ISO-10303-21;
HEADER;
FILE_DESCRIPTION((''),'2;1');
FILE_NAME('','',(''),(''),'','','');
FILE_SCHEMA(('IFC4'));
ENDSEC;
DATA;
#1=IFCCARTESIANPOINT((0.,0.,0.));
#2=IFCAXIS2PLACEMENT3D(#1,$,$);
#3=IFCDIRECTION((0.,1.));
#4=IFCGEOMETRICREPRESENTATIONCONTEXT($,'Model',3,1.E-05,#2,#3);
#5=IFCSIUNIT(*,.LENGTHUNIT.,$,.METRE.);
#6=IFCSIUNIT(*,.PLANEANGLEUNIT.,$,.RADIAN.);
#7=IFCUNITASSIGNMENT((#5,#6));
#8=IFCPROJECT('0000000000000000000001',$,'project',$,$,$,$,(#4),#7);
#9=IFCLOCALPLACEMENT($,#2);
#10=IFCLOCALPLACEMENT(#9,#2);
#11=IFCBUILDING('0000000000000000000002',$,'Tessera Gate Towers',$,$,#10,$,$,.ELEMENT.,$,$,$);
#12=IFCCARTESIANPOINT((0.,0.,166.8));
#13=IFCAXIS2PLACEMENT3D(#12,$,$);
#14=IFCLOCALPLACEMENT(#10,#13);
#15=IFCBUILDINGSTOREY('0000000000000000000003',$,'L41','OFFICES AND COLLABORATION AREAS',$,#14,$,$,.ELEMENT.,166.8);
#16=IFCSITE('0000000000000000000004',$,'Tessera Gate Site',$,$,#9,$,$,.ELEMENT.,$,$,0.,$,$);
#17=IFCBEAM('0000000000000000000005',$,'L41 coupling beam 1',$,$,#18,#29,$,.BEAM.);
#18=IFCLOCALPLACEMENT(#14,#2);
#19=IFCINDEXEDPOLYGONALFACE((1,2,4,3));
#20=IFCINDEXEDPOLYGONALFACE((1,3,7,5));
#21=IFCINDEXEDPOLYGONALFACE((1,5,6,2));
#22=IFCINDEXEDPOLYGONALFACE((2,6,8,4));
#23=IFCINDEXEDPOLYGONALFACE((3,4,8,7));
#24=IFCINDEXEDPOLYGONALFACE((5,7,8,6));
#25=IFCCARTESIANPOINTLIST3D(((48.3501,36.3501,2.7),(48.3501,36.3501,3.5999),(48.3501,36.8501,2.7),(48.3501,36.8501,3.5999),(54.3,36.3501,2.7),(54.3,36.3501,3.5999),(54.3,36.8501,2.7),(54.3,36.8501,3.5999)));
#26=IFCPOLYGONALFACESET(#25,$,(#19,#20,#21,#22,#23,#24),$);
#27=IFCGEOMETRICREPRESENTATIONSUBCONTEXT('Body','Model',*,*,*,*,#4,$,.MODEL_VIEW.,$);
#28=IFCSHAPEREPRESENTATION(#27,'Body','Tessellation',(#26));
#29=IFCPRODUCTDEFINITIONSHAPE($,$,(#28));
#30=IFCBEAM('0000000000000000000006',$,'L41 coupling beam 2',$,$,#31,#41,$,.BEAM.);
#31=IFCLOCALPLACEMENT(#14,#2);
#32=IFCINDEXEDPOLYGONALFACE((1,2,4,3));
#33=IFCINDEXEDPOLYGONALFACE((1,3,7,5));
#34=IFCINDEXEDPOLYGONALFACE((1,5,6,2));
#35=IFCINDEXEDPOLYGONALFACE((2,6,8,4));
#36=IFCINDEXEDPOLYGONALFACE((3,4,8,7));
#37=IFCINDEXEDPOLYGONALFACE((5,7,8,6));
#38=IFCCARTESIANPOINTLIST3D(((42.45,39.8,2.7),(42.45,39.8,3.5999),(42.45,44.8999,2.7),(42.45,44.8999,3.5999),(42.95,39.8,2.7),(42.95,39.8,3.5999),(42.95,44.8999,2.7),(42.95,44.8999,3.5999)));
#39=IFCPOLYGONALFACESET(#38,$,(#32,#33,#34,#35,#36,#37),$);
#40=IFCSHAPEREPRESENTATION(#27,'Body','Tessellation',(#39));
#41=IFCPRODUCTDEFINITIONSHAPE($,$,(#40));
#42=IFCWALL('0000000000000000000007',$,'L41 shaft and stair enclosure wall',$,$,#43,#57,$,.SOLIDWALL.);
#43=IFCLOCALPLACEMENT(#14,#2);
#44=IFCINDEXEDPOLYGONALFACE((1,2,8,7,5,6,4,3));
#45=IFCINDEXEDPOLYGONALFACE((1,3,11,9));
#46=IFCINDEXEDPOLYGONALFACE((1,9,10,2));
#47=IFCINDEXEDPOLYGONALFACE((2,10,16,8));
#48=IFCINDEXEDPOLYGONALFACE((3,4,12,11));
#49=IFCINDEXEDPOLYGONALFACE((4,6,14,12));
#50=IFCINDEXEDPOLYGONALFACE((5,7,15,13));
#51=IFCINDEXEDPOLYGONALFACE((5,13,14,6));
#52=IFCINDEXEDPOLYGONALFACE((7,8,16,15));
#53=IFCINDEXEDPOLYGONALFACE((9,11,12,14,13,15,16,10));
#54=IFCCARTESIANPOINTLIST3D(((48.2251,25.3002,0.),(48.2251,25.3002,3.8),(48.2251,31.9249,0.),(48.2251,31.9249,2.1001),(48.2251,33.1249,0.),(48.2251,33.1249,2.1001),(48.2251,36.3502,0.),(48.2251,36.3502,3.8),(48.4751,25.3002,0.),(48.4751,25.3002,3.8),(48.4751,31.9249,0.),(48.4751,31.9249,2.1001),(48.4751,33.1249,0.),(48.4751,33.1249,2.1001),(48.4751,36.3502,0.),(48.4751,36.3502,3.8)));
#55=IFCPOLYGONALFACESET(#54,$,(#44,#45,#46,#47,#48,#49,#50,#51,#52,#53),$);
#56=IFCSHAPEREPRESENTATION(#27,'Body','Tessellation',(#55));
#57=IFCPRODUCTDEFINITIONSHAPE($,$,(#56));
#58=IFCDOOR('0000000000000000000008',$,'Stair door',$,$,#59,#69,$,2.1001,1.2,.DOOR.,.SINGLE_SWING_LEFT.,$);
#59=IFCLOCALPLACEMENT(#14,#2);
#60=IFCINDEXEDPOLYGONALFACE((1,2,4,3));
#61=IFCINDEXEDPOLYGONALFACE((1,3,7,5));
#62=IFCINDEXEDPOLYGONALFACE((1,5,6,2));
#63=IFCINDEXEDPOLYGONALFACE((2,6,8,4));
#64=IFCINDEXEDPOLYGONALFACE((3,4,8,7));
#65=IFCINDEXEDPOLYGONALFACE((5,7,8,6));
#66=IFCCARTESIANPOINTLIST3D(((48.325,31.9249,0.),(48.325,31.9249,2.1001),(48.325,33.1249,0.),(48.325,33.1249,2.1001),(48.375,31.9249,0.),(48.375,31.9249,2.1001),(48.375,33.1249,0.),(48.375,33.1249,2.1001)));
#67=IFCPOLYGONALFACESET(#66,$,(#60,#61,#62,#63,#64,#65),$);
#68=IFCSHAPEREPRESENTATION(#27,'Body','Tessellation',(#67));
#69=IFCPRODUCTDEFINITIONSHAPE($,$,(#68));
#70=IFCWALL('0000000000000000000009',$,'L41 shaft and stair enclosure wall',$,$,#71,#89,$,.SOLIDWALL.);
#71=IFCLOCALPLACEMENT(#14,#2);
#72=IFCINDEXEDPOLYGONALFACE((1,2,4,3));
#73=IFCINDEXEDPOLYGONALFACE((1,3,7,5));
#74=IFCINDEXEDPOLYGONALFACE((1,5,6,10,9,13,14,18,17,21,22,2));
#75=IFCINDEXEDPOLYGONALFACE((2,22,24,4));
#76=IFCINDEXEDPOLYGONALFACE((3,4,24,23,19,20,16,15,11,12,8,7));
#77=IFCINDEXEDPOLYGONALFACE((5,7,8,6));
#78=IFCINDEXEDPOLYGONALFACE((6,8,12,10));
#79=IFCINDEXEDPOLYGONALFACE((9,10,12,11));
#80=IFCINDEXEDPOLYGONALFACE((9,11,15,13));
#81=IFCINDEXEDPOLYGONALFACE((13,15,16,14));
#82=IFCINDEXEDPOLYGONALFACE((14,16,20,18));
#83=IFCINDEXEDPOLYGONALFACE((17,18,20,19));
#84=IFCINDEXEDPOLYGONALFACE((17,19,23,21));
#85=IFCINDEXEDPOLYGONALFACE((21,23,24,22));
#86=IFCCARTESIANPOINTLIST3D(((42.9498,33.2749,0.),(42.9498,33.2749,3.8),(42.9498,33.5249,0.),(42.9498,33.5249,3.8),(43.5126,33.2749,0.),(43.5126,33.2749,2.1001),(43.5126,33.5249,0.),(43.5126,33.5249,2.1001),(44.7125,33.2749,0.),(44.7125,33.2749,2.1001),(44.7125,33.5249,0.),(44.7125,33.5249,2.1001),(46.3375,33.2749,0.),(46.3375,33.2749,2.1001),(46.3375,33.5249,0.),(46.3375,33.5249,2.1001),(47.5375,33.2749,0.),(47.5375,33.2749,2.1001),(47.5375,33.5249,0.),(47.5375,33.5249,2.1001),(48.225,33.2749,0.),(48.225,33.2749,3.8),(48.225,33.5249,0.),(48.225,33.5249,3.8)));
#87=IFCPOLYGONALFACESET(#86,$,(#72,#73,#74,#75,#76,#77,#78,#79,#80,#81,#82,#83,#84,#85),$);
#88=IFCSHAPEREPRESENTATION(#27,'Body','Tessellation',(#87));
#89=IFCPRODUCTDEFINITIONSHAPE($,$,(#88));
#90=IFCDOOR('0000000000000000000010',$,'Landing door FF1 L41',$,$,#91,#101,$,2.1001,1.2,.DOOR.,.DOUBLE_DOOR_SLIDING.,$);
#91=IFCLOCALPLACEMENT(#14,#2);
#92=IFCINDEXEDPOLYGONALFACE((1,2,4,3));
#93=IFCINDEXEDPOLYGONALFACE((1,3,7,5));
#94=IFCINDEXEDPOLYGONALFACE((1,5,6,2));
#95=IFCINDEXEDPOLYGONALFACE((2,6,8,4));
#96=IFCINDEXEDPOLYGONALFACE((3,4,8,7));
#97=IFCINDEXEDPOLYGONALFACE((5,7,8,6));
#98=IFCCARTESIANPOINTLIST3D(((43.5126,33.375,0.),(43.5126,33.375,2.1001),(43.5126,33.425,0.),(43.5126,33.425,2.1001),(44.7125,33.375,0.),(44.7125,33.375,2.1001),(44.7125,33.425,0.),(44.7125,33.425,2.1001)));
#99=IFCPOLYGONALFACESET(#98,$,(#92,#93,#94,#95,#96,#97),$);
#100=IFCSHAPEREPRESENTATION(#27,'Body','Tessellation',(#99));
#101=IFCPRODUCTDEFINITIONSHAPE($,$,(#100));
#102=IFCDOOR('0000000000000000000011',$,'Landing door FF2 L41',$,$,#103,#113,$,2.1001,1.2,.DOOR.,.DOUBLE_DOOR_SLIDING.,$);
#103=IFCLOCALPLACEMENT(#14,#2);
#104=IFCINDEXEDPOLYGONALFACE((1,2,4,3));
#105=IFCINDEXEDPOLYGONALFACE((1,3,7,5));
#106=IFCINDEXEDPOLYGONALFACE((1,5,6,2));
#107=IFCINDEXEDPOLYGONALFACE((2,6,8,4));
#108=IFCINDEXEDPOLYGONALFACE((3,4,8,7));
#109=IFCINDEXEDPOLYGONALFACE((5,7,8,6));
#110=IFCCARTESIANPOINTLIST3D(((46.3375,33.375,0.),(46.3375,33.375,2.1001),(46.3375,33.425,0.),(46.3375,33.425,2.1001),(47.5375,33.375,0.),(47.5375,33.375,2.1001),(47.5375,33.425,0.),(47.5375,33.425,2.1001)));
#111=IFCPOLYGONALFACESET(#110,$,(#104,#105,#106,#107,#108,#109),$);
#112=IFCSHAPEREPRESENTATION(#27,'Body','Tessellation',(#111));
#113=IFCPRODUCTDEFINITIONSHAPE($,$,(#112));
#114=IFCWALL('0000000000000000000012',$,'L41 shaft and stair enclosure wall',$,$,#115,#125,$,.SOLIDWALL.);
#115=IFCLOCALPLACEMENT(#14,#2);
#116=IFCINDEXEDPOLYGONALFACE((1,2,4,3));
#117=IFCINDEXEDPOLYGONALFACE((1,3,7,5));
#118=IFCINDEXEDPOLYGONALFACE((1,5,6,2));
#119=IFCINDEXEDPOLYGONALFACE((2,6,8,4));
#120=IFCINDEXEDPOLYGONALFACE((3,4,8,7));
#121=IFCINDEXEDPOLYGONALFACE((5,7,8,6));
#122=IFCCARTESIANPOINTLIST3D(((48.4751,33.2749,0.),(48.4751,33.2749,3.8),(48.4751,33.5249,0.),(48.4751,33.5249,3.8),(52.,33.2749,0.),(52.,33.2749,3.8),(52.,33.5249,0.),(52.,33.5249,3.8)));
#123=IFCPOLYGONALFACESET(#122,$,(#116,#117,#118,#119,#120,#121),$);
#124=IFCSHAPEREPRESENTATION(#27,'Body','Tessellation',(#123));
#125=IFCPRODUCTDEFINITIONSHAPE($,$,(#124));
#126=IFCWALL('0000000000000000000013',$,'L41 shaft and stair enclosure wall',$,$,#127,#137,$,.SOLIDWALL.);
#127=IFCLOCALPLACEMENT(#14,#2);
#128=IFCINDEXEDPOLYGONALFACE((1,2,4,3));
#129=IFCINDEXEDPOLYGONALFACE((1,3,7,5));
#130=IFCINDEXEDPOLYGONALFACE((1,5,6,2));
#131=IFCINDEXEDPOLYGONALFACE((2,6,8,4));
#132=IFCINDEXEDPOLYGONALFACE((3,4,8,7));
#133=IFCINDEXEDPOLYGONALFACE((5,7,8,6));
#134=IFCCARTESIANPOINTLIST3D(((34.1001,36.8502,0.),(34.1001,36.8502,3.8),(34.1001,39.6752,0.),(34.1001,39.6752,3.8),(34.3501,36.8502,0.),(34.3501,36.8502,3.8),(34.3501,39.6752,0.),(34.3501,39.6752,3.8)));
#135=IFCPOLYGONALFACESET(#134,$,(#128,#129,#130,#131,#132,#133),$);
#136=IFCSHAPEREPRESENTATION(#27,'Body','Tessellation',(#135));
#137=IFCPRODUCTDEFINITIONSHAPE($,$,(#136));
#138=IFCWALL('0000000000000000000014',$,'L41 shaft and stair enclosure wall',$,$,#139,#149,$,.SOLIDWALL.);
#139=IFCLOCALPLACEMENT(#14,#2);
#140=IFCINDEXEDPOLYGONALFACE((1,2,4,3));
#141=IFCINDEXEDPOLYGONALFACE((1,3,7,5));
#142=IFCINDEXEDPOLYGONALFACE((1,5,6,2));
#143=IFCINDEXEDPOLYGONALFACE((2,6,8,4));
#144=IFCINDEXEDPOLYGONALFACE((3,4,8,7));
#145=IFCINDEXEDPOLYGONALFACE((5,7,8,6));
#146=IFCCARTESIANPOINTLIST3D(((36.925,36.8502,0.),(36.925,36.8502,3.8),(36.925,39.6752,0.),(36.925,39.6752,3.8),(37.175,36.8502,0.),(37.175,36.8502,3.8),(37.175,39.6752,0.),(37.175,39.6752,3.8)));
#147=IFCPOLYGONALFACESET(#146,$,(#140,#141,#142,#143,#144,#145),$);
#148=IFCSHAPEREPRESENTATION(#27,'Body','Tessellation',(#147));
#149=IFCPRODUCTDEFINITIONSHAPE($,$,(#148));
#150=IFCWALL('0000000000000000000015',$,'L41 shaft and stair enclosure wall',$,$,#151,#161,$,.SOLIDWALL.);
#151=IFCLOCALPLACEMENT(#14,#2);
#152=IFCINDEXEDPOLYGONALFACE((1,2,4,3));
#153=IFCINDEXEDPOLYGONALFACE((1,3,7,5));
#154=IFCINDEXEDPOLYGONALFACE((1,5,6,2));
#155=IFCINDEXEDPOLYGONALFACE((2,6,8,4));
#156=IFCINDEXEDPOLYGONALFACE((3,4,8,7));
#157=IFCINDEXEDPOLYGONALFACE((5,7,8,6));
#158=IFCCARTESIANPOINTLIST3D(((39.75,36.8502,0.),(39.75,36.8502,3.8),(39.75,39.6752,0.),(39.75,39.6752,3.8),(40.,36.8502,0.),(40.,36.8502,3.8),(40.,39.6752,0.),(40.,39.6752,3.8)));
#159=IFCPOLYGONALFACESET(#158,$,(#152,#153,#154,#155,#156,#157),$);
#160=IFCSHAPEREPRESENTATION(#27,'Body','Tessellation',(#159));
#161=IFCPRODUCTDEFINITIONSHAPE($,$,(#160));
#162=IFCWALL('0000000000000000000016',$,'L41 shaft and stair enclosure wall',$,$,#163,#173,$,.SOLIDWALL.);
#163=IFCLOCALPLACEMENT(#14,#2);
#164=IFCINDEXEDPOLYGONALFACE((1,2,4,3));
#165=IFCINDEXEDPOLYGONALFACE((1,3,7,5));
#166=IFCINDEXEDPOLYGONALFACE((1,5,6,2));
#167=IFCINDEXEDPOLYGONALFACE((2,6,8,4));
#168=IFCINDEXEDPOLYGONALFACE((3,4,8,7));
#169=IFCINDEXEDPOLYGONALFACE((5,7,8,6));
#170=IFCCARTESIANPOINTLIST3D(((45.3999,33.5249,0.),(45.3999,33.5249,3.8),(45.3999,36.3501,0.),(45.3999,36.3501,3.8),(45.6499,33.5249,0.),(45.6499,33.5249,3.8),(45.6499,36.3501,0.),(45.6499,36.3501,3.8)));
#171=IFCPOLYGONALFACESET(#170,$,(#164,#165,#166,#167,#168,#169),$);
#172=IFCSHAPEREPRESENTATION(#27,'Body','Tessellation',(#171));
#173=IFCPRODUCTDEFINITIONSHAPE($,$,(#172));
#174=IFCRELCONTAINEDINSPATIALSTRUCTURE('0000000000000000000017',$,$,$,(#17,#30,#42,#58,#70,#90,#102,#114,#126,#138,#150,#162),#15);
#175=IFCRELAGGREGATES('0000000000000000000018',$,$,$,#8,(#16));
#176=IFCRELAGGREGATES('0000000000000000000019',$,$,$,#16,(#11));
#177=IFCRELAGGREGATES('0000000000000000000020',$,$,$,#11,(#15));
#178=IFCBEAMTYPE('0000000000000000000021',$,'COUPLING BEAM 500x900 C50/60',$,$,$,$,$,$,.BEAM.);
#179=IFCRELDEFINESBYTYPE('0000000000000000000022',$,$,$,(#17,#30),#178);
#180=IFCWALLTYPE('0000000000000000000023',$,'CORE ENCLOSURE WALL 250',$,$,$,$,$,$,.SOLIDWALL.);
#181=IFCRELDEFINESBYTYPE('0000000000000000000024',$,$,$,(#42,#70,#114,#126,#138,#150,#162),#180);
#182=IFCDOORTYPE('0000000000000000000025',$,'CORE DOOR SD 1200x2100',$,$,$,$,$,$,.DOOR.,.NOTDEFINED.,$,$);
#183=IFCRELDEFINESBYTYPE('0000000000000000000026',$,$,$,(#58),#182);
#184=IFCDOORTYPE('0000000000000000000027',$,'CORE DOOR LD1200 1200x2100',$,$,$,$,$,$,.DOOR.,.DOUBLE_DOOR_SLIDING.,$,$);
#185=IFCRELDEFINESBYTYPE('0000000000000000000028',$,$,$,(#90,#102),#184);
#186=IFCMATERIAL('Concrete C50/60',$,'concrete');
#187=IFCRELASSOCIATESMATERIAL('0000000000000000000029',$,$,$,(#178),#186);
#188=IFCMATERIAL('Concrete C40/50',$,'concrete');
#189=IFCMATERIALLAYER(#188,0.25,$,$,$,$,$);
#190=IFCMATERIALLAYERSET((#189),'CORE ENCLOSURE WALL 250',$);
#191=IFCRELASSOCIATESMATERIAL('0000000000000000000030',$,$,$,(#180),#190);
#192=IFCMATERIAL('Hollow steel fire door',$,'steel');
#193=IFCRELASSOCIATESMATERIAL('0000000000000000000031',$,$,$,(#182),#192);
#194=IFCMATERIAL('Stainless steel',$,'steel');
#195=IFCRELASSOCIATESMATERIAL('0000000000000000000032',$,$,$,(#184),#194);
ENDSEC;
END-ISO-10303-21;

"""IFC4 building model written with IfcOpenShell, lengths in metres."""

from ifc_helpers import new_model, si_unit, direction, frame, frame_2d, origin, origin_2d, place, context, subcontext, project, spatial, rectangle, extrude, source, transform, mapped, material, layer, layer_set, material_profile, profile_set, type_object, element, fill, save


model = new_model("IFC4")

# Units and contexts
model_context = context("Model", 3, precision=1e-05, world=origin(), true_north=direction((0.0, 1.0)))
body_context = subcontext(model_context, "Body", "Model", "MODEL_VIEW")
ifc_project = project(units=[si_unit("LENGTHUNIT", "METRE"), si_unit("PLANEANGLEUNIT", "RADIAN")], contexts=[model_context])

# Site, building, storey
site_placement = place(None, origin())
site = spatial("IfcSite", under=ifc_project, at=site_placement, Name="Tessera Gate Site", CompositionType="ELEMENT", RefElevation=0.0)
building_placement = place(site_placement, origin())
building = spatial("IfcBuilding", under=site, at=building_placement, Name="Tessera Gate Towers", CompositionType="ELEMENT")
storey_placement = place(building_placement, frame((0.0, 0.0, 166.8)))
storey = spatial("IfcBuildingStorey", under=building, at=storey_placement, Name="L41", Description="OFFICES AND COLLABORATION AREAS", CompositionType="ELEMENT", Elevation=166.8)

# Beams
ifc_material_1 = material(Name="Concrete C50/60", Category="concrete")
ifc_material_profile = material_profile(ifc_material_1, rectangle(XDim=0.5, YDim=0.8999, at=origin_2d()), Name="RC 500x900")
ifc_profile_set = profile_set([ifc_material_profile], Name="Concrete C50/60")
beam_type = type_object("IfcBeamType", Name="COUPLING BEAM 500x900 C50/60", PredefinedType="BEAM", material=ifc_profile_set)
beam_1_placement = place(storey_placement, frame((48.3501, 36.6001, 3.1499), z_axis=(1.0, 0.0, 0.0), x_axis=(0.0, 1.0, 0.0)))
element("IfcBeam", 1, at=beam_1_placement, inside=storey, type_object=beam_type, Name="L41 coupling beam 1", PredefinedType="BEAM", context=body_context, shape_type="SweptSolid", body=[
    extrude(rectangle(XDim=0.5, YDim=0.8999, at=origin_2d()), origin(), (0.0, 0.0, 1.0), 5.95),
])
beam_2_placement = place(storey_placement, frame((42.7, 39.8, 3.1499), z_axis=(0.0, 1.0, 0.0), x_axis=(-1.0, 0.0, 0.0)))
element("IfcBeam", 2, at=beam_2_placement, inside=storey, type_object=beam_type, Name="L41 coupling beam 2", PredefinedType="BEAM", context=body_context, shape_type="SweptSolid", body=[
    extrude(rectangle(XDim=0.5, YDim=0.8999, at=origin_2d()), origin(), (0.0, 0.0, 1.0), 5.0999),
])

# Wall, opening, door
ifc_material_2 = material(Name="Concrete C40/50", Category="concrete")
ifc_layer_1 = layer(ifc_material_2, 0.25)
ifc_layer_set_1 = layer_set([ifc_layer_1], Name="CORE ENCLOSURE WALL 250")
wall_type_1 = type_object("IfcWallType", Name="CORE ENCLOSURE WALL 250", PredefinedType="SOLIDWALL", material=ifc_layer_set_1)
wall_1_placement = place(storey_placement, frame((48.3501, 36.3501, 0.0), z_axis=(0.0, 0.0, 1.0), x_axis=(0.0, -1.0, 0.0)))
wall_1 = element("IfcWall", 3, at=wall_1_placement, inside=storey, type_object=wall_type_1, Name="L41 shaft and stair enclosure wall", PredefinedType="SOLIDWALL", context=body_context, shape_type="SweptSolid", body=[
    extrude(rectangle(XDim=11.05, YDim=0.25, at=frame_2d((5.5249, 0.0))), origin(), (0.0, 0.0, 1.0), 3.8),
])
shared_shape_1 = source(origin(), body_context, "Body", "SweptSolid", [
    extrude(rectangle(XDim=1.2, YDim=2.1001, at=frame_2d((0.6001, 1.05))), frame((0.0, 0.135, 0.0), z_axis=(0.0, -1.0, 0.0), x_axis=(1.0, 0.0, 0.0)), (0.0, 0.0, 1.0), 0.27),
])
opening_1_placement = place(wall_1_placement, frame((3.2251, 0.0, 0.0)))
opening_1 = element("IfcOpeningElement", 4, at=opening_1_placement, cuts=wall_1, PredefinedType="OPENING", context=body_context, shape_type="MappedRepresentation", body=[
    mapped(shared_shape_1, transform((0.0, 0.0, 0.0), scale=1.0)),
])
ifc_material_3 = material(Name="Hollow steel fire door", Category="steel")
door_type_1 = type_object("IfcDoorType", Name="CORE DOOR SD 1200x2100", OperationType="NOTDEFINED", PredefinedType="DOOR", material=ifc_material_3)
shared_shape_2 = source(origin(), body_context, "Body", "SweptSolid", [
    extrude(rectangle(XDim=1.2, YDim=2.1001, at=frame_2d((0.6001, 1.05))), frame((0.0, 0.0249, 0.0), z_axis=(0.0, -1.0, 0.0), x_axis=(1.0, 0.0, 0.0)), (0.0, 0.0, 1.0), 0.05),
])
door_1_placement = place(opening_1_placement, origin())
door_1 = element("IfcDoor", 5, at=door_1_placement, inside=storey, type_object=door_type_1, Name="Stair door", OperationType="SINGLE_SWING_LEFT", OverallHeight=2.1001, OverallWidth=1.2, PredefinedType="DOOR", context=body_context, shape_type="MappedRepresentation", body=[
    mapped(shared_shape_2, transform((0.0, 0.0, 0.0), scale=1.0)),
])
fill(opening_1, door_1)

# Wall, openings, doors
wall_2_placement = place(storey_placement, frame((48.2251, 33.3999, 0.0), z_axis=(0.0, 0.0, 1.0), x_axis=(-1.0, 0.0, 0.0)))
wall_2 = element("IfcWall", 6, at=wall_2_placement, inside=storey, type_object=wall_type_1, Name="L41 shaft and stair enclosure wall", PredefinedType="SOLIDWALL", context=body_context, shape_type="SweptSolid", body=[
    extrude(rectangle(XDim=5.2751, YDim=0.25, at=frame_2d((2.6377, 0.0))), origin(), (0.0, 0.0, 1.0), 3.8),
])
opening_2_placement = place(wall_2_placement, frame((3.5125, 0.0, 0.0)))
opening_2 = element("IfcOpeningElement", 7, at=opening_2_placement, cuts=wall_2, PredefinedType="OPENING", context=body_context, shape_type="MappedRepresentation", body=[
    mapped(shared_shape_1, transform((0.0, 0.0, 0.0), scale=1.0)),
])
opening_3_placement = place(wall_2_placement, frame((0.6875, 0.0, 0.0)))
opening_3 = element("IfcOpeningElement", 8, at=opening_3_placement, cuts=wall_2, PredefinedType="OPENING", context=body_context, shape_type="MappedRepresentation", body=[
    mapped(shared_shape_1, transform((0.0, 0.0, 0.0), scale=1.0)),
])
ifc_material_4 = material(Name="Stainless steel", Category="steel")
door_type_2 = type_object("IfcDoorType", Name="CORE DOOR LD1200 1200x2100", OperationType="DOUBLE_DOOR_SLIDING", PredefinedType="DOOR", material=ifc_material_4)
door_2_placement = place(opening_2_placement, origin())
door_2 = element("IfcDoor", 9, at=door_2_placement, inside=storey, type_object=door_type_2, Name="Landing door FF1 L41", OperationType="DOUBLE_DOOR_SLIDING", OverallHeight=2.1001, OverallWidth=1.2, PredefinedType="DOOR", context=body_context, shape_type="MappedRepresentation", body=[
    mapped(shared_shape_2, transform((0.0, 0.0, 0.0), scale=1.0)),
])
fill(opening_2, door_2)
door_3_placement = place(opening_3_placement, origin())
door_3 = element("IfcDoor", 10, at=door_3_placement, inside=storey, type_object=door_type_2, Name="Landing door FF2 L41", OperationType="DOUBLE_DOOR_SLIDING", OverallHeight=2.1001, OverallWidth=1.2, PredefinedType="DOOR", context=body_context, shape_type="MappedRepresentation", body=[
    mapped(shared_shape_2, transform((0.0, 0.0, 0.0), scale=1.0)),
])
fill(opening_3, door_3)

# Walls
wall_3_placement = place(storey_placement, frame((48.4751, 33.3999, 0.0), z_axis=(0.0, 0.0, 1.0), x_axis=(1.0, 0.0, 0.0)))
element("IfcWall", 11, at=wall_3_placement, inside=storey, type_object=wall_type_1, Name="L41 shaft and stair enclosure wall", PredefinedType="SOLIDWALL", context=body_context, shape_type="SweptSolid", body=[
    extrude(rectangle(XDim=3.5249, YDim=0.25, at=frame_2d((1.7625, 0.0))), origin(), (0.0, 0.0, 1.0), 3.8),
])
for number, where, z_axis, x_axis, name in (
    (12, (34.2251, 36.8501, 0.0), (0.0, 0.0, 1.0), (0.0, 1.0, 0.0), "L41 shaft and stair enclosure wall"),
    (13, (37.05, 36.8501, 0.0), (0.0, 0.0, 1.0), (0.0, 1.0, 0.0), "L41 shaft and stair enclosure wall"),
    (14, (39.875, 36.8501, 0.0), (0.0, 0.0, 1.0), (0.0, 1.0, 0.0), "L41 shaft and stair enclosure wall"),
):
    element("IfcWall", number, at=place(storey_placement, frame(where, z_axis=z_axis, x_axis=x_axis)), inside=storey, type_object=wall_type_1, Name=name, PredefinedType="SOLIDWALL", context=body_context, shape_type="SweptSolid", body=[
        extrude(rectangle(XDim=2.825, YDim=0.25, at=frame_2d((1.4126, 0.0))), origin(), (0.0, 0.0, 1.0), 3.8),
    ])
wall_4_placement = place(storey_placement, frame((45.5249, 33.5249, 0.0), z_axis=(0.0, 0.0, 1.0), x_axis=(0.0, 1.0, 0.0)))
element("IfcWall", 15, at=wall_4_placement, inside=storey, type_object=wall_type_1, Name="L41 shaft and stair enclosure wall", PredefinedType="SOLIDWALL", context=body_context, shape_type="SweptSolid", body=[
    extrude(rectangle(XDim=2.8252, YDim=0.25, at=frame_2d((1.4126, 0.0))), origin(), (0.0, 0.0, 1.0), 3.8),
])

save(model, "model.ifc")
